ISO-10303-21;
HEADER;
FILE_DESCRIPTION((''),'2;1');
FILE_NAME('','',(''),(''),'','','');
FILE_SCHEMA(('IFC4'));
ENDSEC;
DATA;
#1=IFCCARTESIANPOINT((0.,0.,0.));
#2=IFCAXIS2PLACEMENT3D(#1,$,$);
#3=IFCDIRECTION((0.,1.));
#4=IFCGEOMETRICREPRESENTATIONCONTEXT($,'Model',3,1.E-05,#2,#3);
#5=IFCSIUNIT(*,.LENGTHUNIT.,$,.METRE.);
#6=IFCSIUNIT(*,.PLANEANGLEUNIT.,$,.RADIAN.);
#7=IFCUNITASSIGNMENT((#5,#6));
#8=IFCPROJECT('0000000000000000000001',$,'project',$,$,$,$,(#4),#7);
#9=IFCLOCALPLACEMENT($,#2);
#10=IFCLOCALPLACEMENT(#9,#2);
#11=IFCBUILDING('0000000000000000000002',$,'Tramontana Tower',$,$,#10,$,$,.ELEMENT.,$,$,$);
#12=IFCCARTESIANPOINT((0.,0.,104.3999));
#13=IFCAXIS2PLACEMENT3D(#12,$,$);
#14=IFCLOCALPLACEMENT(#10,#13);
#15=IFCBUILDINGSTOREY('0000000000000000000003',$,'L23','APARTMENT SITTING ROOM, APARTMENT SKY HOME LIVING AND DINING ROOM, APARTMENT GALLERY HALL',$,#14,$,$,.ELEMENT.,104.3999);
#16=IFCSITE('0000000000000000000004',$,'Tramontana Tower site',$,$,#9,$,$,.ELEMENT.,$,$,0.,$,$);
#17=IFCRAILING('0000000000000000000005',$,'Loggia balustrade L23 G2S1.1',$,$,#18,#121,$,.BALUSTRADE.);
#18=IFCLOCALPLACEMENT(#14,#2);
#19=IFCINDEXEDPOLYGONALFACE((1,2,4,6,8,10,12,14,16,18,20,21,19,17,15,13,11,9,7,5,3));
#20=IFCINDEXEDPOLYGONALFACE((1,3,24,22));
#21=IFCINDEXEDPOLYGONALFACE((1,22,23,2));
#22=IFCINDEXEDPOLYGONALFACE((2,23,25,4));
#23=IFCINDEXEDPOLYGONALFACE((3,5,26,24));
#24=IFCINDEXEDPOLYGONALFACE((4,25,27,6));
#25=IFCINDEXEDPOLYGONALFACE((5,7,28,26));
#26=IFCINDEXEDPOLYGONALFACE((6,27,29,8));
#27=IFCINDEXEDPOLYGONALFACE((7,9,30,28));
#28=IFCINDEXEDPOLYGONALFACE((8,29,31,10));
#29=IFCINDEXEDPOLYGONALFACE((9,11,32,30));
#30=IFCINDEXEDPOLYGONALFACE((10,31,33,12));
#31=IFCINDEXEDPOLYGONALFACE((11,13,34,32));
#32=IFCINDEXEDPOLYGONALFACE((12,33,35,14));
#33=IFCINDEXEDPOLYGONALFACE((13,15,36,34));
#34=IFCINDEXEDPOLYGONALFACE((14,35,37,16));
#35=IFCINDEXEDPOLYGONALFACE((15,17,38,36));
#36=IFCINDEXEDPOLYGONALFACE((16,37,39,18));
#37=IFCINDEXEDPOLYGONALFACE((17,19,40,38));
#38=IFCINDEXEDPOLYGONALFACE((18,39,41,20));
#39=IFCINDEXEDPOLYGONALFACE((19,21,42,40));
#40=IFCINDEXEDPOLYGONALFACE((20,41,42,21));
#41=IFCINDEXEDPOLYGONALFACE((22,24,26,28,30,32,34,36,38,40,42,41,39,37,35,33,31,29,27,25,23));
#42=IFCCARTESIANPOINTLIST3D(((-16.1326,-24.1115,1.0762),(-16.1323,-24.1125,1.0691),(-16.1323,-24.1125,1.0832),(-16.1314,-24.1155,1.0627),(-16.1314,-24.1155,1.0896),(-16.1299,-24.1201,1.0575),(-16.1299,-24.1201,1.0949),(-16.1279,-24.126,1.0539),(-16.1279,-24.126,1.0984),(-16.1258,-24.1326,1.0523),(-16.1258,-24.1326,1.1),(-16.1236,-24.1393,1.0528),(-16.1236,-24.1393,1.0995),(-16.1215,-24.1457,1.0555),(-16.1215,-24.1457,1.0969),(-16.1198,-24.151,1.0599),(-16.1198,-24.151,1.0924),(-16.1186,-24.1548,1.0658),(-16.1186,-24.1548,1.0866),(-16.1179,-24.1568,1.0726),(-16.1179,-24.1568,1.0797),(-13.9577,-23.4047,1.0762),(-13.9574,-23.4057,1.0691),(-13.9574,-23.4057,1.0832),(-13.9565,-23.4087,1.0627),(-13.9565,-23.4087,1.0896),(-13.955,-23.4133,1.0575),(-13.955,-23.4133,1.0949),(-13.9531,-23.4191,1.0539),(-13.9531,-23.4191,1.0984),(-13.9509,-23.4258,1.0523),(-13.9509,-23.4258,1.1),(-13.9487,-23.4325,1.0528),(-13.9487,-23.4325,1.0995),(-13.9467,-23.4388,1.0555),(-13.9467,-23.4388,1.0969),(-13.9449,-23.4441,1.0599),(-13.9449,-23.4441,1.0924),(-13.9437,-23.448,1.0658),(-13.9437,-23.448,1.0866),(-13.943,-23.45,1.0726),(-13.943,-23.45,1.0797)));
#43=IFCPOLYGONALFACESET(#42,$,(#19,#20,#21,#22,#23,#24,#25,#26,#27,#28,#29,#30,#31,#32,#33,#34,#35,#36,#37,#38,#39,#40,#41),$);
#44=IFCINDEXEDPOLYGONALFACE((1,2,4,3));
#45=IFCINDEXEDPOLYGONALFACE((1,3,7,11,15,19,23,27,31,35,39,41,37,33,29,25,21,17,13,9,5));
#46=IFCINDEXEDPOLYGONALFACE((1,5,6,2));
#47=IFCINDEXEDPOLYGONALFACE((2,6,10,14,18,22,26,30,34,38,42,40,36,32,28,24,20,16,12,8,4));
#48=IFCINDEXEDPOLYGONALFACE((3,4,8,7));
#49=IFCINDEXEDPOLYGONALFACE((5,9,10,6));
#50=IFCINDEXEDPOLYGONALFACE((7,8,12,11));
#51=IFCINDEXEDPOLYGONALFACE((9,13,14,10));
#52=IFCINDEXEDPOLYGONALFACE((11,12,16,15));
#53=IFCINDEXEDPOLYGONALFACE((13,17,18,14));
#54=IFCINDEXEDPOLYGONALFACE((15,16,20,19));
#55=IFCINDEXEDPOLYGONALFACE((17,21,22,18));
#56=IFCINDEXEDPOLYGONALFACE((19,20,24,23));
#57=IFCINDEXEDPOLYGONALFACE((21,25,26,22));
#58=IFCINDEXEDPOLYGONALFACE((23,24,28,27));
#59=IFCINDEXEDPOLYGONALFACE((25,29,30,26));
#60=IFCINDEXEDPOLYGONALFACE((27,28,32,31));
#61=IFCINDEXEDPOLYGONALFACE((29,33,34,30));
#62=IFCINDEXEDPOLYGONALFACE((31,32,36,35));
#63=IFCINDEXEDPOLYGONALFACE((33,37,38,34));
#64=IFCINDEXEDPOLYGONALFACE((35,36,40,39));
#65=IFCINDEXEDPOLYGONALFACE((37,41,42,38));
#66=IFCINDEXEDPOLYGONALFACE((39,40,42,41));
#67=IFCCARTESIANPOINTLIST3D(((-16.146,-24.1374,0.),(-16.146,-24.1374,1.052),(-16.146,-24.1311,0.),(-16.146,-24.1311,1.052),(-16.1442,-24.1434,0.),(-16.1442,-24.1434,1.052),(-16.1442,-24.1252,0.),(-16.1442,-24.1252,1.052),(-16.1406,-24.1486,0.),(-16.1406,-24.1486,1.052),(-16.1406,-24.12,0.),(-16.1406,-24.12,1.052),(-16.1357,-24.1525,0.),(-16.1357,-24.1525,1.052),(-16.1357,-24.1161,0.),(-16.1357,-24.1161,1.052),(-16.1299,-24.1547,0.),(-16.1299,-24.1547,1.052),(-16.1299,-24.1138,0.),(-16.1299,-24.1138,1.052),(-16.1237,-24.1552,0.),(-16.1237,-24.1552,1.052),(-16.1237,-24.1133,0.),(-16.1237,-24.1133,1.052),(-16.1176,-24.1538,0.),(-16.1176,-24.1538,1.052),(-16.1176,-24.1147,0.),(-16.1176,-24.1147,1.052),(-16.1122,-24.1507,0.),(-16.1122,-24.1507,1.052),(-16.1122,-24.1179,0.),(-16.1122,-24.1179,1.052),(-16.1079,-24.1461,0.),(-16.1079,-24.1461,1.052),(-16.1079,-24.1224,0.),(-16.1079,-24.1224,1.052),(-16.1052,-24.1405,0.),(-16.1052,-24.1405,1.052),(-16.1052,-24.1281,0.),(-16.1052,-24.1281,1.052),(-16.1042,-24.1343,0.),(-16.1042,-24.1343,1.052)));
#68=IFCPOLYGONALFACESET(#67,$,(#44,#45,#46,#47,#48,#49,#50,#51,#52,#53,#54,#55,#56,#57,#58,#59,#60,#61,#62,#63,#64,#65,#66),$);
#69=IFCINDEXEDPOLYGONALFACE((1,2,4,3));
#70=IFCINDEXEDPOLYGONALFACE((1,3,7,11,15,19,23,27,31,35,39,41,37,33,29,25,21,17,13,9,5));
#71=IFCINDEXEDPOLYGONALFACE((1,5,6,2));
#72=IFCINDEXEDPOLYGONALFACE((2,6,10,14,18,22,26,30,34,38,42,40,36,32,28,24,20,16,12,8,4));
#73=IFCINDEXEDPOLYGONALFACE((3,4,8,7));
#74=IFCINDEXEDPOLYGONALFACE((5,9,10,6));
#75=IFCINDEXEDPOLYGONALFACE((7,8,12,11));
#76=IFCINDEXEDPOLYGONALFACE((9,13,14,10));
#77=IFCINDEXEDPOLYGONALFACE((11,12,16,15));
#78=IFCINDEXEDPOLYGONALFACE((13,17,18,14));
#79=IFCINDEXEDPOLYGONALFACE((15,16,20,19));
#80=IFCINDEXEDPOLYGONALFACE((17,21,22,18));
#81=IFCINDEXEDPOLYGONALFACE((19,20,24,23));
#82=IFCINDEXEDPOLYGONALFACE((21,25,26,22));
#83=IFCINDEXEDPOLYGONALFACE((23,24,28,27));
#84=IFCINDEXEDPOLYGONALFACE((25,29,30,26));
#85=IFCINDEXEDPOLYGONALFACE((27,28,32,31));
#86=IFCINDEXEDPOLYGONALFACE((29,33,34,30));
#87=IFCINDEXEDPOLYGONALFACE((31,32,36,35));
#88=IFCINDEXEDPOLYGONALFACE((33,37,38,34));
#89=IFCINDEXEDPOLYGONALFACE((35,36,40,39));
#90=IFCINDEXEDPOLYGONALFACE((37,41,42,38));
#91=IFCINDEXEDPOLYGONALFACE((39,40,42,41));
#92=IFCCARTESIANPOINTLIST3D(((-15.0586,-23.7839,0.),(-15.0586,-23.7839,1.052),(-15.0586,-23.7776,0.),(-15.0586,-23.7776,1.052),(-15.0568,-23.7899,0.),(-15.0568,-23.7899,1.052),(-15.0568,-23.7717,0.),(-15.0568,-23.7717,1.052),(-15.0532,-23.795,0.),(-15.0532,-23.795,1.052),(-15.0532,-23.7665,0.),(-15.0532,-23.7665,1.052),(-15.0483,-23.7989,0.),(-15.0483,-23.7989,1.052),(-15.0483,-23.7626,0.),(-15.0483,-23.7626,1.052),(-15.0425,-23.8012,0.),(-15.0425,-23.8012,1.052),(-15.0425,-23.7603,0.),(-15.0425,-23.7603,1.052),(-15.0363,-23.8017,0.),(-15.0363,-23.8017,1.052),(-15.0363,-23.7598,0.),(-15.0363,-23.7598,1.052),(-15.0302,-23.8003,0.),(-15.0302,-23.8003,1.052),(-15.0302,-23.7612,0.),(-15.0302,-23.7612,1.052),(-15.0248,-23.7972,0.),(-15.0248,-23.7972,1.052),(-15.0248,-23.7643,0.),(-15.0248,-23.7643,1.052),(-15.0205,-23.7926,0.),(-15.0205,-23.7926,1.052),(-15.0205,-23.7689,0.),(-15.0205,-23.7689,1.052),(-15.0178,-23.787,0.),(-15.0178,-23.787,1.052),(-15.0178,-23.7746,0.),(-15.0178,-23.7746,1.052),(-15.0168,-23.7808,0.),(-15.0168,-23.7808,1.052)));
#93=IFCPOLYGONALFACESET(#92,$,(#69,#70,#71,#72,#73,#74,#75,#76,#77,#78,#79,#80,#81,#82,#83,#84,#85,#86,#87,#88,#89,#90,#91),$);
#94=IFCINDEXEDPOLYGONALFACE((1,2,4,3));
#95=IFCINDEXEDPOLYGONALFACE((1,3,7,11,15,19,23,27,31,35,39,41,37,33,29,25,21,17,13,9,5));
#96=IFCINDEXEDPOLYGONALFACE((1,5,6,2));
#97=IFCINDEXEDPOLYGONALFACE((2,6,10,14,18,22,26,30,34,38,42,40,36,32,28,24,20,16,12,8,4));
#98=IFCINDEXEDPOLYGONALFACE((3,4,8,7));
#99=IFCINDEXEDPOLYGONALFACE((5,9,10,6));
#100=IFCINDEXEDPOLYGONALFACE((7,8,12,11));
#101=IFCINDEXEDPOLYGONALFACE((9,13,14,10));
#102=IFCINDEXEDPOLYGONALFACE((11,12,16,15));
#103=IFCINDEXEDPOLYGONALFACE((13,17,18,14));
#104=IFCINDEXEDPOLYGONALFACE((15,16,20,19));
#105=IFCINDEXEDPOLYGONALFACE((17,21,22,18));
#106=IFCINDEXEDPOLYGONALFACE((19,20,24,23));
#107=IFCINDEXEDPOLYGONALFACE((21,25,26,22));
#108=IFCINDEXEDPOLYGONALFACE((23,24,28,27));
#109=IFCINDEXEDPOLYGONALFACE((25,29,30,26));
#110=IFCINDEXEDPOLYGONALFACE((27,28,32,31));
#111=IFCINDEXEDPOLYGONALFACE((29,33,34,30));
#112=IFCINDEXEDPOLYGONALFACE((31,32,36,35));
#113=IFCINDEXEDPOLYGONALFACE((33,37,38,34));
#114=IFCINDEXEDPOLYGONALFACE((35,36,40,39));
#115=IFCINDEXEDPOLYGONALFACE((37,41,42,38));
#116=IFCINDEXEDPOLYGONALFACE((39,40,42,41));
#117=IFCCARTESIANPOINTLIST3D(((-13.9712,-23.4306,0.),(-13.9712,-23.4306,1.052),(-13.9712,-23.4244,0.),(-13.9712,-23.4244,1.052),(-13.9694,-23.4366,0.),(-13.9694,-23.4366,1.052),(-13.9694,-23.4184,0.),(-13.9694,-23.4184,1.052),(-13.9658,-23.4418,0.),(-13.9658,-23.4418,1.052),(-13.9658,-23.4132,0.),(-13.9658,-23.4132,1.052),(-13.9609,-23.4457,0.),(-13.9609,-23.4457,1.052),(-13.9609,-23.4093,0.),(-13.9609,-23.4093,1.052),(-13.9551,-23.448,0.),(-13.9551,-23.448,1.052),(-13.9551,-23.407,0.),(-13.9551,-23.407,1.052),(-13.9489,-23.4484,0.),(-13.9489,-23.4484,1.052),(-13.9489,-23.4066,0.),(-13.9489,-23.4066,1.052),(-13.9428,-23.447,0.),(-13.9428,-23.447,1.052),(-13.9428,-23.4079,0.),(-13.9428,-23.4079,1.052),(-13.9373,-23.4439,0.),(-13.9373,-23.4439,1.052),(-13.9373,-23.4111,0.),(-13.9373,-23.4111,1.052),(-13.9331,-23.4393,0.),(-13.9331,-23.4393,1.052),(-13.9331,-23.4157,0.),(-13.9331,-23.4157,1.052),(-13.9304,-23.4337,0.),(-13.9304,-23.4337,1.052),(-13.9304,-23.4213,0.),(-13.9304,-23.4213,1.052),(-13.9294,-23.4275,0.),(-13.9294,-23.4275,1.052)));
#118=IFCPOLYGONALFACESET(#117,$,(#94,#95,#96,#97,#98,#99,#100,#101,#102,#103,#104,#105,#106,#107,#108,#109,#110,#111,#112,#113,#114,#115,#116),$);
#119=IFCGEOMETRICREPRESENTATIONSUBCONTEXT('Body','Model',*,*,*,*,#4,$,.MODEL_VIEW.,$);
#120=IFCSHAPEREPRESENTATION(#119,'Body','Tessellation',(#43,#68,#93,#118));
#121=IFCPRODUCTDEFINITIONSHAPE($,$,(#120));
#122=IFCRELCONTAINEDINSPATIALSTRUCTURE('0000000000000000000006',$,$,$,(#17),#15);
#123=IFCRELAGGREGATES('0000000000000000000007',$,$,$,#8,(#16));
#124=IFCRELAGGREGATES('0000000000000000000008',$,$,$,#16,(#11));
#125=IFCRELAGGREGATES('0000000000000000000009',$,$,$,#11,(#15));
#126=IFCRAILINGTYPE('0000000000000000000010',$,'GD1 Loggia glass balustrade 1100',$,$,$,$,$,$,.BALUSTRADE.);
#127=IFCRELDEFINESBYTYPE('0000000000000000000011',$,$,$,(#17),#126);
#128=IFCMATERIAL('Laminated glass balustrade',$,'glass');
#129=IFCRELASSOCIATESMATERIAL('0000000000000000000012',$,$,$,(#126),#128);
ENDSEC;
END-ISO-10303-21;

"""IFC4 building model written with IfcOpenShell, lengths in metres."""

from ifc_helpers import new_model, si_unit, direction, frame, origin, origin_2d, place, context, subcontext, project, spatial, circle, extrude, material, type_object, element, save


model = new_model("IFC4")

# Units and contexts
model_context = context("Model", 3, precision=1e-05, world=origin(), true_north=direction((0.0, 1.0)))
body_context = subcontext(model_context, "Body", "Model", "MODEL_VIEW")
ifc_project = project(units=[si_unit("LENGTHUNIT", "METRE"), si_unit("PLANEANGLEUNIT", "RADIAN")], contexts=[model_context])

# Site, building, storey
site_placement = place(None, origin())
site = spatial("IfcSite", under=ifc_project, at=site_placement, Name="Tramontana Tower site", CompositionType="ELEMENT", RefElevation=0.0)
building_placement = place(site_placement, origin())
building = spatial("IfcBuilding", under=site, at=building_placement, Name="Tramontana Tower", CompositionType="ELEMENT")
storey_placement = place(building_placement, frame((0.0, 0.0, 104.3999)))
storey = spatial("IfcBuildingStorey", under=building, at=storey_placement, Name="L23", Description="APARTMENT SITTING ROOM, APARTMENT SKY HOME LIVING AND DINING ROOM, APARTMENT GALLERY HALL", CompositionType="ELEMENT", Elevation=104.3999)

# Railing
ifc_material_1 = material(Name="Laminated glass balustrade", Category="glass")
railing_type = type_object("IfcRailingType", Name="GD1 Loggia glass balustrade 1100", PredefinedType="BALUSTRADE", material=ifc_material_1)
railing_1_placement = place(storey_placement, frame((-16.1252, -24.1343, 0.0)))
element("IfcRailing", 1, at=railing_1_placement, inside=storey, type_object=railing_type, Name="Loggia balustrade L23 G2S1.1", PredefinedType="BALUSTRADE", context=body_context, shape_type="SweptSolid", body=[
    extrude(circle(Radius=0.0239, at=origin_2d()), frame((0.0, 0.0, 1.0762), z_axis=(0.951037, 0.309076, 0.0), x_axis=(-0.309076, 0.951037, 0.0)), (0.0, 0.0, 1.0), 2.2869),
    extrude(circle(Radius=0.021, at=origin_2d()), origin(), (0.0, 0.0, 1.0), 1.052),
    extrude(circle(Radius=0.021, at=origin_2d()), frame((1.0874, 0.3535, 0.0)), (0.0, 0.0, 1.0), 1.052),
    extrude(circle(Radius=0.021, at=origin_2d()), frame((2.1748, 0.7068, 0.0)), (0.0, 0.0, 1.0), 1.052),
])

save(model, "model.ifc")
